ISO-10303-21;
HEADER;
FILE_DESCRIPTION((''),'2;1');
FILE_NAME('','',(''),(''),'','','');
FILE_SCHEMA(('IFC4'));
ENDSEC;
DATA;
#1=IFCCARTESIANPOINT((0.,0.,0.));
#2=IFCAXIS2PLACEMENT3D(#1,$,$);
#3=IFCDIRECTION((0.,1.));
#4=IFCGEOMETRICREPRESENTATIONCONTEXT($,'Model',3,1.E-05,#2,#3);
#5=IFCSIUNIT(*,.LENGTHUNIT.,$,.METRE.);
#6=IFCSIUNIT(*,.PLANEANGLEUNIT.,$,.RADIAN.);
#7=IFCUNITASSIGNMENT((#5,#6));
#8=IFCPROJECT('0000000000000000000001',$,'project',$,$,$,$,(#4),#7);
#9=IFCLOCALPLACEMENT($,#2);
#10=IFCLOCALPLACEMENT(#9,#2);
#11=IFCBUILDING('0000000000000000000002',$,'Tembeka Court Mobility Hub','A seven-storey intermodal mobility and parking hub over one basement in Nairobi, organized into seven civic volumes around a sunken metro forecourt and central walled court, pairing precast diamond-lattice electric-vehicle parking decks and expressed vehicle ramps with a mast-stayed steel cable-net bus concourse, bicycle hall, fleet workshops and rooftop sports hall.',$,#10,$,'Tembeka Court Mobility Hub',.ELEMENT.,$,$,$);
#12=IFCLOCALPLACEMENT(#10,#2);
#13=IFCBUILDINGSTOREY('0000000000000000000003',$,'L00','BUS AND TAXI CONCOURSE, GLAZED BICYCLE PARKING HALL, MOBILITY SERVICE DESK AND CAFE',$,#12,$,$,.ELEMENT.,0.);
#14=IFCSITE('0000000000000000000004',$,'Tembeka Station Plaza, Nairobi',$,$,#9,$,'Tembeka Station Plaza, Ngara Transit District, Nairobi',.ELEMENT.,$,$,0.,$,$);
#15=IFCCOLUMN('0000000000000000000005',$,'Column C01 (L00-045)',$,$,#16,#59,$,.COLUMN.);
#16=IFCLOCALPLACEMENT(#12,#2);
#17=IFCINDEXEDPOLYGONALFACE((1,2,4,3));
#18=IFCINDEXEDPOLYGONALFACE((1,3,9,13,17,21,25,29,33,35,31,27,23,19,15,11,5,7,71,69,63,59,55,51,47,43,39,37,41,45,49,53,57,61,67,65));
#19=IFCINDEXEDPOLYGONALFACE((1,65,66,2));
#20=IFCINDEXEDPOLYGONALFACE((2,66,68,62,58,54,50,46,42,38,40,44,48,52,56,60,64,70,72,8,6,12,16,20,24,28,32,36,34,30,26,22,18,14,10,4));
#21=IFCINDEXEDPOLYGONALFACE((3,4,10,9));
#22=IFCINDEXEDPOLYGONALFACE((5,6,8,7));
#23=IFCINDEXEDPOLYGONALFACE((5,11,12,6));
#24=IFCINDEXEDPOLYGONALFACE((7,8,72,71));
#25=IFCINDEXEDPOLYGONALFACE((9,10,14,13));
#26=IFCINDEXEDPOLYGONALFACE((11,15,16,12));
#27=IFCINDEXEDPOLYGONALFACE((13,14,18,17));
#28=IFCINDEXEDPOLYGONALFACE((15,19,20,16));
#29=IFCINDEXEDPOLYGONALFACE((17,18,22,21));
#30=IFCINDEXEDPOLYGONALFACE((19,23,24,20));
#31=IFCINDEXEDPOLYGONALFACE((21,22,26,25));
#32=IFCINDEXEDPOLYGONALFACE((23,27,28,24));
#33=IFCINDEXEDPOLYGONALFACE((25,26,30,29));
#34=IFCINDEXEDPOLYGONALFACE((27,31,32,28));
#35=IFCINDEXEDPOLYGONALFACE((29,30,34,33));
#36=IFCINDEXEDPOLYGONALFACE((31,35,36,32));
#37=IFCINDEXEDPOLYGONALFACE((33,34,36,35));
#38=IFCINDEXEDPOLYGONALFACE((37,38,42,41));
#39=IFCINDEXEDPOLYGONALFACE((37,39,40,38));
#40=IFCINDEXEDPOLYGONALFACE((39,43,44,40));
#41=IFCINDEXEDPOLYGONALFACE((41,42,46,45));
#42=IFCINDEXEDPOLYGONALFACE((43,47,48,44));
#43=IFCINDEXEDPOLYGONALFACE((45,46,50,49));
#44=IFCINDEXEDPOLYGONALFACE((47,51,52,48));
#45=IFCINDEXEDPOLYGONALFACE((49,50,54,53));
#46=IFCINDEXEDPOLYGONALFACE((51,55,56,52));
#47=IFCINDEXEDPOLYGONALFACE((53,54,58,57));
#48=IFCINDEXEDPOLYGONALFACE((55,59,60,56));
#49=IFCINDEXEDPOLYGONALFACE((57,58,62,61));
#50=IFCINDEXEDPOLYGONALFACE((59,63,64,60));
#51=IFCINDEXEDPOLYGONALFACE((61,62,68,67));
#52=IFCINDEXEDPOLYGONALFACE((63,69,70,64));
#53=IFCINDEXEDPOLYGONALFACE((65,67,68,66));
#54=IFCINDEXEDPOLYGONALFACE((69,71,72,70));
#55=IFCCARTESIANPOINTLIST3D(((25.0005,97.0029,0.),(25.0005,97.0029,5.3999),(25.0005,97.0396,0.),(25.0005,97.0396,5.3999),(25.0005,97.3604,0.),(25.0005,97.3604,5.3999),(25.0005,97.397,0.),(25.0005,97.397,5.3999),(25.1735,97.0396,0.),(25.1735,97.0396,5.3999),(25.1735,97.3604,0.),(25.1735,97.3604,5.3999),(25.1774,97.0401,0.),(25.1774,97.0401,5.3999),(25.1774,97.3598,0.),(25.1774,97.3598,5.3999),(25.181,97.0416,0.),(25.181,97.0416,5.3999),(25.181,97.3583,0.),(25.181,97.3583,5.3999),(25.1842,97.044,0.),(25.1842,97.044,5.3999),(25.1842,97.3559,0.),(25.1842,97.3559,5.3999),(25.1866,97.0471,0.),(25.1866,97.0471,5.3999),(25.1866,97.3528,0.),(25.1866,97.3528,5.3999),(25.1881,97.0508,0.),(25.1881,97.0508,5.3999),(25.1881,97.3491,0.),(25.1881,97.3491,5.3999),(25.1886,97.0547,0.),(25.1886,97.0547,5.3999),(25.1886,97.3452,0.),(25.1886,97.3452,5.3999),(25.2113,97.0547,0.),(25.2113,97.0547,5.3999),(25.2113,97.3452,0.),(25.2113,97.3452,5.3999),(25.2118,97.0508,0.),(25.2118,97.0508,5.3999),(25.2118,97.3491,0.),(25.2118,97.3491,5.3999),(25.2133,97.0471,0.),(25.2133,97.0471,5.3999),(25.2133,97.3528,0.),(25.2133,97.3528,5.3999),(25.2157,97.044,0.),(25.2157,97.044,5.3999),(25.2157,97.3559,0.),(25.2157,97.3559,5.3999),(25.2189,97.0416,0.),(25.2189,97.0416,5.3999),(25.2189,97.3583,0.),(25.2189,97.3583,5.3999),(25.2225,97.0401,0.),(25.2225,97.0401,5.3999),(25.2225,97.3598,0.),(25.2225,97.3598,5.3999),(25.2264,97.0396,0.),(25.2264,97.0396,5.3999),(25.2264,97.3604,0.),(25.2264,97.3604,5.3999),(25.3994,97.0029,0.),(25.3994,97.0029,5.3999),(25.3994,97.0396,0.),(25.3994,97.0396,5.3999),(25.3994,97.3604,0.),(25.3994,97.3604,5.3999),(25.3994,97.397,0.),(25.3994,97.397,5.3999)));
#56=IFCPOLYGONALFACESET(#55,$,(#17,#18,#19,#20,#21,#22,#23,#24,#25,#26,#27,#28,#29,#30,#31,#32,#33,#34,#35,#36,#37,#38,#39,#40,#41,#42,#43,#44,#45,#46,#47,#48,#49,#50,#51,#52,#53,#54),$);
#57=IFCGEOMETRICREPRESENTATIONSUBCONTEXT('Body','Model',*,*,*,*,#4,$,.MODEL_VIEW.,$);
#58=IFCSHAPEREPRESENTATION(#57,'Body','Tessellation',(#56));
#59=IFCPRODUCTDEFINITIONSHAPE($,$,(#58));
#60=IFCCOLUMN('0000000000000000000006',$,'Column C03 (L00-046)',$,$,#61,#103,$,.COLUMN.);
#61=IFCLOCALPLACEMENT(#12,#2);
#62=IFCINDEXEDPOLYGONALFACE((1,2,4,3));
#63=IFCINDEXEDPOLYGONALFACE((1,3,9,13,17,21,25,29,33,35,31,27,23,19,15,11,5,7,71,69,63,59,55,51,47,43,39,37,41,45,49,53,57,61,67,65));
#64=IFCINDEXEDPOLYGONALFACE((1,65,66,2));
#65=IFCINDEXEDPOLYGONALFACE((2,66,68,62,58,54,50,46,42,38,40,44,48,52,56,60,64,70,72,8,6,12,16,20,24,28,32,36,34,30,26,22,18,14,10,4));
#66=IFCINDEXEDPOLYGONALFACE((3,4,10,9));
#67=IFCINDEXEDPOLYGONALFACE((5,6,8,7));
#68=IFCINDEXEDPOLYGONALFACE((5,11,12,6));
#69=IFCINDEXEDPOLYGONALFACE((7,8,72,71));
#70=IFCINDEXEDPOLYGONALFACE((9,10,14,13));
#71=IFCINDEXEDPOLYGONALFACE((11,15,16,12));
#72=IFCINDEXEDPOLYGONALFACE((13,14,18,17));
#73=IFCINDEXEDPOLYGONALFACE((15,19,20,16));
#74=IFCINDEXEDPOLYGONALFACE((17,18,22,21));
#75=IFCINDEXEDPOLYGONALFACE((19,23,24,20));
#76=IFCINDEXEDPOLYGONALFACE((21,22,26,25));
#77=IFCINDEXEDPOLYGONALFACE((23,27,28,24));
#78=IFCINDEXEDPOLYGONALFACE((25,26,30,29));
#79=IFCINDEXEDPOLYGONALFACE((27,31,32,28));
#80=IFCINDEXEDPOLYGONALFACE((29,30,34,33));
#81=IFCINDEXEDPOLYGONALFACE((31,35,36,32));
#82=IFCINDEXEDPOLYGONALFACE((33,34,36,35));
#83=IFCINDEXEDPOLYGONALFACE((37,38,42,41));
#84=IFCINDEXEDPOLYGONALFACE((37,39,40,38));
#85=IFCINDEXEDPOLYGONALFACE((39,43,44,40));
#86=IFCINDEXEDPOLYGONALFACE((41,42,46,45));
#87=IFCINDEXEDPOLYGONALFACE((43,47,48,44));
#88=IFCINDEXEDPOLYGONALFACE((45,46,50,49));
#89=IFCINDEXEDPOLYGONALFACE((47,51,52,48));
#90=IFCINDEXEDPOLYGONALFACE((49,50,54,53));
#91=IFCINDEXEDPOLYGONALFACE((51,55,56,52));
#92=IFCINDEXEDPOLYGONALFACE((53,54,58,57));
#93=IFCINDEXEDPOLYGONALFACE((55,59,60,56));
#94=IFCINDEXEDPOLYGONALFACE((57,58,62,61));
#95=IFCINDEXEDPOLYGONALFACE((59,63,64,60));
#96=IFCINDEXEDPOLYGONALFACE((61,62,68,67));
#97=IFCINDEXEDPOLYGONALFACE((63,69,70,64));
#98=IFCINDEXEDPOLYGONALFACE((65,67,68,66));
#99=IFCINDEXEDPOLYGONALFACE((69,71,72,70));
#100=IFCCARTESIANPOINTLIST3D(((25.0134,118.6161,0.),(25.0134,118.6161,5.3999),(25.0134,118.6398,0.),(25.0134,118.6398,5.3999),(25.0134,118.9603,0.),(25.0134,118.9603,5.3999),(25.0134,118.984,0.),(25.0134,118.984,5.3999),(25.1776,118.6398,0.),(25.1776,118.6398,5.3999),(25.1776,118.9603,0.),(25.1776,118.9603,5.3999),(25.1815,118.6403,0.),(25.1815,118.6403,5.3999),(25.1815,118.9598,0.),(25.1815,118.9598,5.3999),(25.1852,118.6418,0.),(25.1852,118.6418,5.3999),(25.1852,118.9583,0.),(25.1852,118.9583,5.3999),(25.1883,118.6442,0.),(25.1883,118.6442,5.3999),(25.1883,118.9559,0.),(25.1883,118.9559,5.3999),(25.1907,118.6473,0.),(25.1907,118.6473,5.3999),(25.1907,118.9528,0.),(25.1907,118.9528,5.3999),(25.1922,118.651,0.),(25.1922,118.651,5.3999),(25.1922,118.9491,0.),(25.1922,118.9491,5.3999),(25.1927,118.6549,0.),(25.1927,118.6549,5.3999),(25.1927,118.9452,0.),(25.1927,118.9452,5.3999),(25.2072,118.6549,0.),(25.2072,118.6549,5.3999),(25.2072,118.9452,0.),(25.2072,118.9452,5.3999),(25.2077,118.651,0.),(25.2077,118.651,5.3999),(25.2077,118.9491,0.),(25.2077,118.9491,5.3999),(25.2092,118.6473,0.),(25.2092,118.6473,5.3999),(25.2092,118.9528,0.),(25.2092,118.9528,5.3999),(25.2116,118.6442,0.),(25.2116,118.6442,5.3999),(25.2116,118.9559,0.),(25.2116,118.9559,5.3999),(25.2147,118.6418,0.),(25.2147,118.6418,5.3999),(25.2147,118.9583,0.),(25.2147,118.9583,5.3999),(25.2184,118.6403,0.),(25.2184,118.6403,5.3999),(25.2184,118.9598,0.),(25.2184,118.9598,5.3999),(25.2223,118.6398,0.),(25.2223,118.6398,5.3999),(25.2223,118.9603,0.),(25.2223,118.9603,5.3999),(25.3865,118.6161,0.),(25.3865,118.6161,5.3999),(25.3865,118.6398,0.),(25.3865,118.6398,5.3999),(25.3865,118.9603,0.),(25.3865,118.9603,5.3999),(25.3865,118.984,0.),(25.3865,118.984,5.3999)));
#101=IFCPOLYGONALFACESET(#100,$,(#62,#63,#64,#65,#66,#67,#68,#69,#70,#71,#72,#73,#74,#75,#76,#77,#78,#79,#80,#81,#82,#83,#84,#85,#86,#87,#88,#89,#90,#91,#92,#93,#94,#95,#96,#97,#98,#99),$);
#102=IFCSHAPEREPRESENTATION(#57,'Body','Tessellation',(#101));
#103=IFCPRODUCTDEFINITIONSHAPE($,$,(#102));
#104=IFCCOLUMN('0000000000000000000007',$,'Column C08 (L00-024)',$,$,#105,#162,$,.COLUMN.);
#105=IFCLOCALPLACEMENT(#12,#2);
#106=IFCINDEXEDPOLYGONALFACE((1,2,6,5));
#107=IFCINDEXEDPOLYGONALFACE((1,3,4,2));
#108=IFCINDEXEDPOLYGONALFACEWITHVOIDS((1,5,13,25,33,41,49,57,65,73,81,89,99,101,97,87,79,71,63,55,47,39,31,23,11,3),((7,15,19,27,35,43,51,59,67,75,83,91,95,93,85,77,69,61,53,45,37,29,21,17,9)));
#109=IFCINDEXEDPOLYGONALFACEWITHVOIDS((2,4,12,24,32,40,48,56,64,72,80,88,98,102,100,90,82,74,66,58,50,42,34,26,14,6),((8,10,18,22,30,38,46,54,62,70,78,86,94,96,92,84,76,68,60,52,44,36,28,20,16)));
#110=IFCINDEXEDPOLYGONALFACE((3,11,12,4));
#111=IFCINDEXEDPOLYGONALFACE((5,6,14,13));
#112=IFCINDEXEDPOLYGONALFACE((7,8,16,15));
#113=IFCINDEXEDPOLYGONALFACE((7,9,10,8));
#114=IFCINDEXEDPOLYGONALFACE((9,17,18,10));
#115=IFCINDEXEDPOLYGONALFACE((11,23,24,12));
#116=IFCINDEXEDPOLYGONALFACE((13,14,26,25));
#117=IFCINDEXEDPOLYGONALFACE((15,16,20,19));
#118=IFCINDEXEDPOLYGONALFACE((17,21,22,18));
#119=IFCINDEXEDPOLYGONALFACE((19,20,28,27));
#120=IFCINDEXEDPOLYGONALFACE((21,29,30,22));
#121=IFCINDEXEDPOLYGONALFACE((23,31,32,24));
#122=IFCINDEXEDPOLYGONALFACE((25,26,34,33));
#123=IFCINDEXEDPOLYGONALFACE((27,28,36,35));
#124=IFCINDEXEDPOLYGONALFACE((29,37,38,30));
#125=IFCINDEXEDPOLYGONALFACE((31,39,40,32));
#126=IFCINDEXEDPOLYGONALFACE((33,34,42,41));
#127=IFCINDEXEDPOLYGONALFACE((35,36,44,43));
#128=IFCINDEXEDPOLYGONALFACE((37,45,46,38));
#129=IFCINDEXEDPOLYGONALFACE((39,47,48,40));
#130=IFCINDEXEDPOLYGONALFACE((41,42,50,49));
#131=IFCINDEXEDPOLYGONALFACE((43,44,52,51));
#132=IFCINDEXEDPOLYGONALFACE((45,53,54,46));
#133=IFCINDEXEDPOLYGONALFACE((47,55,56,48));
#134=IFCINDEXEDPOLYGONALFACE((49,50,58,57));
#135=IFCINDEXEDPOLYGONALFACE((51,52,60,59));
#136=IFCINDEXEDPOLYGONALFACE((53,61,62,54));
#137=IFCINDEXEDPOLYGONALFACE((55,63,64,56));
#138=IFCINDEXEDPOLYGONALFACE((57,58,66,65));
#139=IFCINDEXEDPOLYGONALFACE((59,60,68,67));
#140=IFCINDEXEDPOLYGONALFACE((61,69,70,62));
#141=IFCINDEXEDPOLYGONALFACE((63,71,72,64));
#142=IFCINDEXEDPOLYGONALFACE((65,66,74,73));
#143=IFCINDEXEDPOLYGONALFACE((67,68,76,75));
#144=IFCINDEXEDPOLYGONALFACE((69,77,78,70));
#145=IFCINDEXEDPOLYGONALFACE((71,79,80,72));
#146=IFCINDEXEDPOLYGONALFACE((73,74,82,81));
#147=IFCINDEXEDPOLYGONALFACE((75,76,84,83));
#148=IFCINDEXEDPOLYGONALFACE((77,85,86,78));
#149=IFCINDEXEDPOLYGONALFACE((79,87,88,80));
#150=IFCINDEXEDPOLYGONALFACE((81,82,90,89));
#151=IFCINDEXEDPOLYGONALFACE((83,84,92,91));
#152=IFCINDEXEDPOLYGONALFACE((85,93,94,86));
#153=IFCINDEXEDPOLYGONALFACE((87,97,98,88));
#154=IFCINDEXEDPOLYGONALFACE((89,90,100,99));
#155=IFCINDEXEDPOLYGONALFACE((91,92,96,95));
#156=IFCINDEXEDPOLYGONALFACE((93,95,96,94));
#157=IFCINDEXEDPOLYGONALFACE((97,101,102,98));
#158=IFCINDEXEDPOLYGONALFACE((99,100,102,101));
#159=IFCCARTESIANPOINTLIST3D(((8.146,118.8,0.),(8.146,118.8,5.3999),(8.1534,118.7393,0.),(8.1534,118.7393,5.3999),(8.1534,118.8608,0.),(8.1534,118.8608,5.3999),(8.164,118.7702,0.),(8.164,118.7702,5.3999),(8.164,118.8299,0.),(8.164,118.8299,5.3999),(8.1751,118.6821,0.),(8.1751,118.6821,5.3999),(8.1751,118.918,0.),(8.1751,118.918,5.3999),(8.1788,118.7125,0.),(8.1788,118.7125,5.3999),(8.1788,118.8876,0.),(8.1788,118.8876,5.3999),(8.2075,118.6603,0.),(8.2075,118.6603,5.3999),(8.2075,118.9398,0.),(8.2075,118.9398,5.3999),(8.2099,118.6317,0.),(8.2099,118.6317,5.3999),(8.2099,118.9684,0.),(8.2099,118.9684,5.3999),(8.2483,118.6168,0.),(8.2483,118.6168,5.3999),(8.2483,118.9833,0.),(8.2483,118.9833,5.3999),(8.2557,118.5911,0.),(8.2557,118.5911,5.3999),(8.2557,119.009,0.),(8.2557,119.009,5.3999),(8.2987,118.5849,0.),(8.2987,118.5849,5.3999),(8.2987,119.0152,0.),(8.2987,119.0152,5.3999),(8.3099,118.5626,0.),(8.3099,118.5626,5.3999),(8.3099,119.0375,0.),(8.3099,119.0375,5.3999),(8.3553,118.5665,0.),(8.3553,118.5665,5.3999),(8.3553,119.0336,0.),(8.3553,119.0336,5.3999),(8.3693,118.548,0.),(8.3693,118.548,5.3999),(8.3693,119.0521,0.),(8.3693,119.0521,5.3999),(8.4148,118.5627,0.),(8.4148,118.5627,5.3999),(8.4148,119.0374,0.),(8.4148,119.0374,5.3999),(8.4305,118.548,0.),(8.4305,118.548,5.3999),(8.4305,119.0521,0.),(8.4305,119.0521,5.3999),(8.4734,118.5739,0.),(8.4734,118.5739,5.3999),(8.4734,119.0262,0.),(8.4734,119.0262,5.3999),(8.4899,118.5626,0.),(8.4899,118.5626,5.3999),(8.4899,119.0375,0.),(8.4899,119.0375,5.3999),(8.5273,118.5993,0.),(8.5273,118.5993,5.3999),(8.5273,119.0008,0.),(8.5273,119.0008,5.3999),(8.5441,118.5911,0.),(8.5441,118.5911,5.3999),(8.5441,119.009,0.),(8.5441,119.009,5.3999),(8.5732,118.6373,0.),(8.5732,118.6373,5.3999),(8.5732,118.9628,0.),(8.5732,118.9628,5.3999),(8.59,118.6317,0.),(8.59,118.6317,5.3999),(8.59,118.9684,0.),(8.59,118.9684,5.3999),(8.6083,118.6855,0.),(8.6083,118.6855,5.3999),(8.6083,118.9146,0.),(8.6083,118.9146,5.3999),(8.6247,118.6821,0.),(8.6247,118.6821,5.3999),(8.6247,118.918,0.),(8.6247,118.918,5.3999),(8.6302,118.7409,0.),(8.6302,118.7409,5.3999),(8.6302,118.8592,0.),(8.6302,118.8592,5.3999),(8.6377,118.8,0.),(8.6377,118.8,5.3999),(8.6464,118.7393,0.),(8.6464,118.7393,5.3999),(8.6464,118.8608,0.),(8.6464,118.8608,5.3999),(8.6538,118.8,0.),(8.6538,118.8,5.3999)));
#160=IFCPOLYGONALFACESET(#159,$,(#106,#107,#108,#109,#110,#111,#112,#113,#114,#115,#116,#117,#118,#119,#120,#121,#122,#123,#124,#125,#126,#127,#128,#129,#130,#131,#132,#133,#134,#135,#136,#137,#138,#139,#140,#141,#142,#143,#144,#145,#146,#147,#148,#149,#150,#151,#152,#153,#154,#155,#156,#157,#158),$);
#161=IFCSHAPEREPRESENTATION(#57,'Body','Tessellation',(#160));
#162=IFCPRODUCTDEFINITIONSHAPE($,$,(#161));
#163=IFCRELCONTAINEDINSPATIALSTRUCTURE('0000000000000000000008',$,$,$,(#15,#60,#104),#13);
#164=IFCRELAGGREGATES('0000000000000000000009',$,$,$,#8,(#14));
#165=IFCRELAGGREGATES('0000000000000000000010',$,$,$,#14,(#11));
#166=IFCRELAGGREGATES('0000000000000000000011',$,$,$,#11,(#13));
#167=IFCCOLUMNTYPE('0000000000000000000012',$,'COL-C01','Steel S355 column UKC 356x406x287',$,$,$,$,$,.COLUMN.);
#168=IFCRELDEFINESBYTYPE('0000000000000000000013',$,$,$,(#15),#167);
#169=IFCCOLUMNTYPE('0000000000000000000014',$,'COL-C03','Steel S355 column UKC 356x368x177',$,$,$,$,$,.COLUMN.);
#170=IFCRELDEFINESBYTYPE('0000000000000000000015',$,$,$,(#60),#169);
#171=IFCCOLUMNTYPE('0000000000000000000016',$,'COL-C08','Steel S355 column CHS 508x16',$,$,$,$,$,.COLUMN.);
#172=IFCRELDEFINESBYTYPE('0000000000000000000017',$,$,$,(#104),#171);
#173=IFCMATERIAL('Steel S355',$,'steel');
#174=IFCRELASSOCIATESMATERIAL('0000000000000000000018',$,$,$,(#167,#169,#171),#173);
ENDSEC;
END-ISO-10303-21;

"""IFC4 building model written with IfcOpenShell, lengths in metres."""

from ifc_helpers import new_model, si_unit, direction, frame, origin, origin_2d, place, context, subcontext, project, spatial, hollow_circle, i_section, extrude, material, material_profile, profile_set, type_object, element, save


model = new_model("IFC4")

# Units and contexts
model_context = context("Model", 3, precision=1e-05, world=origin(), true_north=direction((0.0, 1.0)))
body_context = subcontext(model_context, "Body", "Model", "MODEL_VIEW")
ifc_project = project(units=[si_unit("LENGTHUNIT", "METRE"), si_unit("PLANEANGLEUNIT", "RADIAN")], contexts=[model_context])

# Site, building, storey
site_placement = place(None, origin())
site = spatial("IfcSite", under=ifc_project, at=site_placement, Name="Tembeka Station Plaza, Nairobi", LongName="Tembeka Station Plaza, Ngara Transit District, Nairobi", CompositionType="ELEMENT", RefElevation=0.0)
building_placement = place(site_placement, origin())
building = spatial("IfcBuilding", under=site, at=building_placement, Name="Tembeka Court Mobility Hub", Description="A seven-storey intermodal mobility and parking hub over one basement in Nairobi, organized into seven civic volumes around a sunken metro forecourt and central walled court, pairing precast diamond-lattice electric-vehicle parking decks and expressed vehicle ramps with a mast-stayed steel cable-net bus concourse, bicycle hall, fleet workshops and rooftop sports hall.", LongName="Tembeka Court Mobility Hub", CompositionType="ELEMENT")
storey_placement = place(building_placement, origin())
storey = spatial("IfcBuildingStorey", under=building, at=storey_placement, Name="L00", Description="BUS AND TAXI CONCOURSE, GLAZED BICYCLE PARKING HALL, MOBILITY SERVICE DESK AND CAFE", CompositionType="ELEMENT", Elevation=0.0)

# Columns
ifc_material_1 = material(Name="Steel S355", Category="steel")
ifc_material_profile_1 = material_profile(ifc_material_1, i_section(OverallWidth=0.3989, OverallDepth=0.394, WebThickness=0.0227, FlangeThickness=0.0366, FilletRadius=0.0151, at=origin_2d()), Name="UKC 356x406x287")
ifc_profile_set_1 = profile_set([ifc_material_profile_1], Name="Steel S355")
column_type_1 = type_object("IfcColumnType", Name="COL-C01", Description="Steel S355 column UKC 356x406x287", PredefinedType="COLUMN", material=ifc_profile_set_1)
column_1_placement = place(storey_placement, frame((25.2, 97.2, 0.0), z_axis=(0.0, 0.0, 1.0), x_axis=(1.0, 0.0, 0.0)))
element("IfcColumn", 1, at=column_1_placement, inside=storey, type_object=column_type_1, Name="Column C01 (L00-045)", PredefinedType="COLUMN", context=body_context, shape_type="SweptSolid", body=[
    extrude(i_section(OverallWidth=0.3989, OverallDepth=0.394, WebThickness=0.0227, FlangeThickness=0.0366, FilletRadius=0.0151, at=origin_2d()), origin(), (0.0, 0.0, 1.0), 5.3999),
])
ifc_material_profile_2 = material_profile(ifc_material_1, i_section(OverallWidth=0.373, OverallDepth=0.3679, WebThickness=0.0144, FlangeThickness=0.0237, FilletRadius=0.0151, at=origin_2d()), Name="UKC 356x368x177")
ifc_profile_set_2 = profile_set([ifc_material_profile_2], Name="Steel S355")
column_type_2 = type_object("IfcColumnType", Name="COL-C03", Description="Steel S355 column UKC 356x368x177", PredefinedType="COLUMN", material=ifc_profile_set_2)
column_2_placement = place(storey_placement, frame((25.2, 118.8, 0.0), z_axis=(0.0, 0.0, 1.0), x_axis=(1.0, 0.0, 0.0)))
element("IfcColumn", 2, at=column_2_placement, inside=storey, type_object=column_type_2, Name="Column C03 (L00-046)", PredefinedType="COLUMN", context=body_context, shape_type="SweptSolid", body=[
    extrude(i_section(OverallWidth=0.373, OverallDepth=0.3679, WebThickness=0.0144, FlangeThickness=0.0237, FilletRadius=0.0151, at=origin_2d()), origin(), (0.0, 0.0, 1.0), 5.3999),
])
ifc_material_profile_3 = material_profile(ifc_material_1, hollow_circle(Radius=0.2539, WallThickness=0.0161, at=origin_2d()), Name="CHS 508x16")
ifc_profile_set_3 = profile_set([ifc_material_profile_3], Name="Steel S355")
column_type_3 = type_object("IfcColumnType", Name="COL-C08", Description="Steel S355 column CHS 508x16", PredefinedType="COLUMN", material=ifc_profile_set_3)
for number, where, z_axis, x_axis, name in (
    (3, (8.3999, 118.8, 0.0), (0.0, 0.0, 1.0), (1.0, 0.0, 0.0), "Column C08 (L00-024)"),
):
    element("IfcColumn", number, at=place(storey_placement, frame(where, z_axis=z_axis, x_axis=x_axis)), inside=storey, type_object=column_type_3, Name=name, PredefinedType="COLUMN", context=body_context, shape_type="SweptSolid", body=[
        extrude(hollow_circle(Radius=0.2539, WallThickness=0.0161, at=origin_2d()), origin(), (0.0, 0.0, 1.0), 5.3999),
    ])

save(model, "model.ifc")
